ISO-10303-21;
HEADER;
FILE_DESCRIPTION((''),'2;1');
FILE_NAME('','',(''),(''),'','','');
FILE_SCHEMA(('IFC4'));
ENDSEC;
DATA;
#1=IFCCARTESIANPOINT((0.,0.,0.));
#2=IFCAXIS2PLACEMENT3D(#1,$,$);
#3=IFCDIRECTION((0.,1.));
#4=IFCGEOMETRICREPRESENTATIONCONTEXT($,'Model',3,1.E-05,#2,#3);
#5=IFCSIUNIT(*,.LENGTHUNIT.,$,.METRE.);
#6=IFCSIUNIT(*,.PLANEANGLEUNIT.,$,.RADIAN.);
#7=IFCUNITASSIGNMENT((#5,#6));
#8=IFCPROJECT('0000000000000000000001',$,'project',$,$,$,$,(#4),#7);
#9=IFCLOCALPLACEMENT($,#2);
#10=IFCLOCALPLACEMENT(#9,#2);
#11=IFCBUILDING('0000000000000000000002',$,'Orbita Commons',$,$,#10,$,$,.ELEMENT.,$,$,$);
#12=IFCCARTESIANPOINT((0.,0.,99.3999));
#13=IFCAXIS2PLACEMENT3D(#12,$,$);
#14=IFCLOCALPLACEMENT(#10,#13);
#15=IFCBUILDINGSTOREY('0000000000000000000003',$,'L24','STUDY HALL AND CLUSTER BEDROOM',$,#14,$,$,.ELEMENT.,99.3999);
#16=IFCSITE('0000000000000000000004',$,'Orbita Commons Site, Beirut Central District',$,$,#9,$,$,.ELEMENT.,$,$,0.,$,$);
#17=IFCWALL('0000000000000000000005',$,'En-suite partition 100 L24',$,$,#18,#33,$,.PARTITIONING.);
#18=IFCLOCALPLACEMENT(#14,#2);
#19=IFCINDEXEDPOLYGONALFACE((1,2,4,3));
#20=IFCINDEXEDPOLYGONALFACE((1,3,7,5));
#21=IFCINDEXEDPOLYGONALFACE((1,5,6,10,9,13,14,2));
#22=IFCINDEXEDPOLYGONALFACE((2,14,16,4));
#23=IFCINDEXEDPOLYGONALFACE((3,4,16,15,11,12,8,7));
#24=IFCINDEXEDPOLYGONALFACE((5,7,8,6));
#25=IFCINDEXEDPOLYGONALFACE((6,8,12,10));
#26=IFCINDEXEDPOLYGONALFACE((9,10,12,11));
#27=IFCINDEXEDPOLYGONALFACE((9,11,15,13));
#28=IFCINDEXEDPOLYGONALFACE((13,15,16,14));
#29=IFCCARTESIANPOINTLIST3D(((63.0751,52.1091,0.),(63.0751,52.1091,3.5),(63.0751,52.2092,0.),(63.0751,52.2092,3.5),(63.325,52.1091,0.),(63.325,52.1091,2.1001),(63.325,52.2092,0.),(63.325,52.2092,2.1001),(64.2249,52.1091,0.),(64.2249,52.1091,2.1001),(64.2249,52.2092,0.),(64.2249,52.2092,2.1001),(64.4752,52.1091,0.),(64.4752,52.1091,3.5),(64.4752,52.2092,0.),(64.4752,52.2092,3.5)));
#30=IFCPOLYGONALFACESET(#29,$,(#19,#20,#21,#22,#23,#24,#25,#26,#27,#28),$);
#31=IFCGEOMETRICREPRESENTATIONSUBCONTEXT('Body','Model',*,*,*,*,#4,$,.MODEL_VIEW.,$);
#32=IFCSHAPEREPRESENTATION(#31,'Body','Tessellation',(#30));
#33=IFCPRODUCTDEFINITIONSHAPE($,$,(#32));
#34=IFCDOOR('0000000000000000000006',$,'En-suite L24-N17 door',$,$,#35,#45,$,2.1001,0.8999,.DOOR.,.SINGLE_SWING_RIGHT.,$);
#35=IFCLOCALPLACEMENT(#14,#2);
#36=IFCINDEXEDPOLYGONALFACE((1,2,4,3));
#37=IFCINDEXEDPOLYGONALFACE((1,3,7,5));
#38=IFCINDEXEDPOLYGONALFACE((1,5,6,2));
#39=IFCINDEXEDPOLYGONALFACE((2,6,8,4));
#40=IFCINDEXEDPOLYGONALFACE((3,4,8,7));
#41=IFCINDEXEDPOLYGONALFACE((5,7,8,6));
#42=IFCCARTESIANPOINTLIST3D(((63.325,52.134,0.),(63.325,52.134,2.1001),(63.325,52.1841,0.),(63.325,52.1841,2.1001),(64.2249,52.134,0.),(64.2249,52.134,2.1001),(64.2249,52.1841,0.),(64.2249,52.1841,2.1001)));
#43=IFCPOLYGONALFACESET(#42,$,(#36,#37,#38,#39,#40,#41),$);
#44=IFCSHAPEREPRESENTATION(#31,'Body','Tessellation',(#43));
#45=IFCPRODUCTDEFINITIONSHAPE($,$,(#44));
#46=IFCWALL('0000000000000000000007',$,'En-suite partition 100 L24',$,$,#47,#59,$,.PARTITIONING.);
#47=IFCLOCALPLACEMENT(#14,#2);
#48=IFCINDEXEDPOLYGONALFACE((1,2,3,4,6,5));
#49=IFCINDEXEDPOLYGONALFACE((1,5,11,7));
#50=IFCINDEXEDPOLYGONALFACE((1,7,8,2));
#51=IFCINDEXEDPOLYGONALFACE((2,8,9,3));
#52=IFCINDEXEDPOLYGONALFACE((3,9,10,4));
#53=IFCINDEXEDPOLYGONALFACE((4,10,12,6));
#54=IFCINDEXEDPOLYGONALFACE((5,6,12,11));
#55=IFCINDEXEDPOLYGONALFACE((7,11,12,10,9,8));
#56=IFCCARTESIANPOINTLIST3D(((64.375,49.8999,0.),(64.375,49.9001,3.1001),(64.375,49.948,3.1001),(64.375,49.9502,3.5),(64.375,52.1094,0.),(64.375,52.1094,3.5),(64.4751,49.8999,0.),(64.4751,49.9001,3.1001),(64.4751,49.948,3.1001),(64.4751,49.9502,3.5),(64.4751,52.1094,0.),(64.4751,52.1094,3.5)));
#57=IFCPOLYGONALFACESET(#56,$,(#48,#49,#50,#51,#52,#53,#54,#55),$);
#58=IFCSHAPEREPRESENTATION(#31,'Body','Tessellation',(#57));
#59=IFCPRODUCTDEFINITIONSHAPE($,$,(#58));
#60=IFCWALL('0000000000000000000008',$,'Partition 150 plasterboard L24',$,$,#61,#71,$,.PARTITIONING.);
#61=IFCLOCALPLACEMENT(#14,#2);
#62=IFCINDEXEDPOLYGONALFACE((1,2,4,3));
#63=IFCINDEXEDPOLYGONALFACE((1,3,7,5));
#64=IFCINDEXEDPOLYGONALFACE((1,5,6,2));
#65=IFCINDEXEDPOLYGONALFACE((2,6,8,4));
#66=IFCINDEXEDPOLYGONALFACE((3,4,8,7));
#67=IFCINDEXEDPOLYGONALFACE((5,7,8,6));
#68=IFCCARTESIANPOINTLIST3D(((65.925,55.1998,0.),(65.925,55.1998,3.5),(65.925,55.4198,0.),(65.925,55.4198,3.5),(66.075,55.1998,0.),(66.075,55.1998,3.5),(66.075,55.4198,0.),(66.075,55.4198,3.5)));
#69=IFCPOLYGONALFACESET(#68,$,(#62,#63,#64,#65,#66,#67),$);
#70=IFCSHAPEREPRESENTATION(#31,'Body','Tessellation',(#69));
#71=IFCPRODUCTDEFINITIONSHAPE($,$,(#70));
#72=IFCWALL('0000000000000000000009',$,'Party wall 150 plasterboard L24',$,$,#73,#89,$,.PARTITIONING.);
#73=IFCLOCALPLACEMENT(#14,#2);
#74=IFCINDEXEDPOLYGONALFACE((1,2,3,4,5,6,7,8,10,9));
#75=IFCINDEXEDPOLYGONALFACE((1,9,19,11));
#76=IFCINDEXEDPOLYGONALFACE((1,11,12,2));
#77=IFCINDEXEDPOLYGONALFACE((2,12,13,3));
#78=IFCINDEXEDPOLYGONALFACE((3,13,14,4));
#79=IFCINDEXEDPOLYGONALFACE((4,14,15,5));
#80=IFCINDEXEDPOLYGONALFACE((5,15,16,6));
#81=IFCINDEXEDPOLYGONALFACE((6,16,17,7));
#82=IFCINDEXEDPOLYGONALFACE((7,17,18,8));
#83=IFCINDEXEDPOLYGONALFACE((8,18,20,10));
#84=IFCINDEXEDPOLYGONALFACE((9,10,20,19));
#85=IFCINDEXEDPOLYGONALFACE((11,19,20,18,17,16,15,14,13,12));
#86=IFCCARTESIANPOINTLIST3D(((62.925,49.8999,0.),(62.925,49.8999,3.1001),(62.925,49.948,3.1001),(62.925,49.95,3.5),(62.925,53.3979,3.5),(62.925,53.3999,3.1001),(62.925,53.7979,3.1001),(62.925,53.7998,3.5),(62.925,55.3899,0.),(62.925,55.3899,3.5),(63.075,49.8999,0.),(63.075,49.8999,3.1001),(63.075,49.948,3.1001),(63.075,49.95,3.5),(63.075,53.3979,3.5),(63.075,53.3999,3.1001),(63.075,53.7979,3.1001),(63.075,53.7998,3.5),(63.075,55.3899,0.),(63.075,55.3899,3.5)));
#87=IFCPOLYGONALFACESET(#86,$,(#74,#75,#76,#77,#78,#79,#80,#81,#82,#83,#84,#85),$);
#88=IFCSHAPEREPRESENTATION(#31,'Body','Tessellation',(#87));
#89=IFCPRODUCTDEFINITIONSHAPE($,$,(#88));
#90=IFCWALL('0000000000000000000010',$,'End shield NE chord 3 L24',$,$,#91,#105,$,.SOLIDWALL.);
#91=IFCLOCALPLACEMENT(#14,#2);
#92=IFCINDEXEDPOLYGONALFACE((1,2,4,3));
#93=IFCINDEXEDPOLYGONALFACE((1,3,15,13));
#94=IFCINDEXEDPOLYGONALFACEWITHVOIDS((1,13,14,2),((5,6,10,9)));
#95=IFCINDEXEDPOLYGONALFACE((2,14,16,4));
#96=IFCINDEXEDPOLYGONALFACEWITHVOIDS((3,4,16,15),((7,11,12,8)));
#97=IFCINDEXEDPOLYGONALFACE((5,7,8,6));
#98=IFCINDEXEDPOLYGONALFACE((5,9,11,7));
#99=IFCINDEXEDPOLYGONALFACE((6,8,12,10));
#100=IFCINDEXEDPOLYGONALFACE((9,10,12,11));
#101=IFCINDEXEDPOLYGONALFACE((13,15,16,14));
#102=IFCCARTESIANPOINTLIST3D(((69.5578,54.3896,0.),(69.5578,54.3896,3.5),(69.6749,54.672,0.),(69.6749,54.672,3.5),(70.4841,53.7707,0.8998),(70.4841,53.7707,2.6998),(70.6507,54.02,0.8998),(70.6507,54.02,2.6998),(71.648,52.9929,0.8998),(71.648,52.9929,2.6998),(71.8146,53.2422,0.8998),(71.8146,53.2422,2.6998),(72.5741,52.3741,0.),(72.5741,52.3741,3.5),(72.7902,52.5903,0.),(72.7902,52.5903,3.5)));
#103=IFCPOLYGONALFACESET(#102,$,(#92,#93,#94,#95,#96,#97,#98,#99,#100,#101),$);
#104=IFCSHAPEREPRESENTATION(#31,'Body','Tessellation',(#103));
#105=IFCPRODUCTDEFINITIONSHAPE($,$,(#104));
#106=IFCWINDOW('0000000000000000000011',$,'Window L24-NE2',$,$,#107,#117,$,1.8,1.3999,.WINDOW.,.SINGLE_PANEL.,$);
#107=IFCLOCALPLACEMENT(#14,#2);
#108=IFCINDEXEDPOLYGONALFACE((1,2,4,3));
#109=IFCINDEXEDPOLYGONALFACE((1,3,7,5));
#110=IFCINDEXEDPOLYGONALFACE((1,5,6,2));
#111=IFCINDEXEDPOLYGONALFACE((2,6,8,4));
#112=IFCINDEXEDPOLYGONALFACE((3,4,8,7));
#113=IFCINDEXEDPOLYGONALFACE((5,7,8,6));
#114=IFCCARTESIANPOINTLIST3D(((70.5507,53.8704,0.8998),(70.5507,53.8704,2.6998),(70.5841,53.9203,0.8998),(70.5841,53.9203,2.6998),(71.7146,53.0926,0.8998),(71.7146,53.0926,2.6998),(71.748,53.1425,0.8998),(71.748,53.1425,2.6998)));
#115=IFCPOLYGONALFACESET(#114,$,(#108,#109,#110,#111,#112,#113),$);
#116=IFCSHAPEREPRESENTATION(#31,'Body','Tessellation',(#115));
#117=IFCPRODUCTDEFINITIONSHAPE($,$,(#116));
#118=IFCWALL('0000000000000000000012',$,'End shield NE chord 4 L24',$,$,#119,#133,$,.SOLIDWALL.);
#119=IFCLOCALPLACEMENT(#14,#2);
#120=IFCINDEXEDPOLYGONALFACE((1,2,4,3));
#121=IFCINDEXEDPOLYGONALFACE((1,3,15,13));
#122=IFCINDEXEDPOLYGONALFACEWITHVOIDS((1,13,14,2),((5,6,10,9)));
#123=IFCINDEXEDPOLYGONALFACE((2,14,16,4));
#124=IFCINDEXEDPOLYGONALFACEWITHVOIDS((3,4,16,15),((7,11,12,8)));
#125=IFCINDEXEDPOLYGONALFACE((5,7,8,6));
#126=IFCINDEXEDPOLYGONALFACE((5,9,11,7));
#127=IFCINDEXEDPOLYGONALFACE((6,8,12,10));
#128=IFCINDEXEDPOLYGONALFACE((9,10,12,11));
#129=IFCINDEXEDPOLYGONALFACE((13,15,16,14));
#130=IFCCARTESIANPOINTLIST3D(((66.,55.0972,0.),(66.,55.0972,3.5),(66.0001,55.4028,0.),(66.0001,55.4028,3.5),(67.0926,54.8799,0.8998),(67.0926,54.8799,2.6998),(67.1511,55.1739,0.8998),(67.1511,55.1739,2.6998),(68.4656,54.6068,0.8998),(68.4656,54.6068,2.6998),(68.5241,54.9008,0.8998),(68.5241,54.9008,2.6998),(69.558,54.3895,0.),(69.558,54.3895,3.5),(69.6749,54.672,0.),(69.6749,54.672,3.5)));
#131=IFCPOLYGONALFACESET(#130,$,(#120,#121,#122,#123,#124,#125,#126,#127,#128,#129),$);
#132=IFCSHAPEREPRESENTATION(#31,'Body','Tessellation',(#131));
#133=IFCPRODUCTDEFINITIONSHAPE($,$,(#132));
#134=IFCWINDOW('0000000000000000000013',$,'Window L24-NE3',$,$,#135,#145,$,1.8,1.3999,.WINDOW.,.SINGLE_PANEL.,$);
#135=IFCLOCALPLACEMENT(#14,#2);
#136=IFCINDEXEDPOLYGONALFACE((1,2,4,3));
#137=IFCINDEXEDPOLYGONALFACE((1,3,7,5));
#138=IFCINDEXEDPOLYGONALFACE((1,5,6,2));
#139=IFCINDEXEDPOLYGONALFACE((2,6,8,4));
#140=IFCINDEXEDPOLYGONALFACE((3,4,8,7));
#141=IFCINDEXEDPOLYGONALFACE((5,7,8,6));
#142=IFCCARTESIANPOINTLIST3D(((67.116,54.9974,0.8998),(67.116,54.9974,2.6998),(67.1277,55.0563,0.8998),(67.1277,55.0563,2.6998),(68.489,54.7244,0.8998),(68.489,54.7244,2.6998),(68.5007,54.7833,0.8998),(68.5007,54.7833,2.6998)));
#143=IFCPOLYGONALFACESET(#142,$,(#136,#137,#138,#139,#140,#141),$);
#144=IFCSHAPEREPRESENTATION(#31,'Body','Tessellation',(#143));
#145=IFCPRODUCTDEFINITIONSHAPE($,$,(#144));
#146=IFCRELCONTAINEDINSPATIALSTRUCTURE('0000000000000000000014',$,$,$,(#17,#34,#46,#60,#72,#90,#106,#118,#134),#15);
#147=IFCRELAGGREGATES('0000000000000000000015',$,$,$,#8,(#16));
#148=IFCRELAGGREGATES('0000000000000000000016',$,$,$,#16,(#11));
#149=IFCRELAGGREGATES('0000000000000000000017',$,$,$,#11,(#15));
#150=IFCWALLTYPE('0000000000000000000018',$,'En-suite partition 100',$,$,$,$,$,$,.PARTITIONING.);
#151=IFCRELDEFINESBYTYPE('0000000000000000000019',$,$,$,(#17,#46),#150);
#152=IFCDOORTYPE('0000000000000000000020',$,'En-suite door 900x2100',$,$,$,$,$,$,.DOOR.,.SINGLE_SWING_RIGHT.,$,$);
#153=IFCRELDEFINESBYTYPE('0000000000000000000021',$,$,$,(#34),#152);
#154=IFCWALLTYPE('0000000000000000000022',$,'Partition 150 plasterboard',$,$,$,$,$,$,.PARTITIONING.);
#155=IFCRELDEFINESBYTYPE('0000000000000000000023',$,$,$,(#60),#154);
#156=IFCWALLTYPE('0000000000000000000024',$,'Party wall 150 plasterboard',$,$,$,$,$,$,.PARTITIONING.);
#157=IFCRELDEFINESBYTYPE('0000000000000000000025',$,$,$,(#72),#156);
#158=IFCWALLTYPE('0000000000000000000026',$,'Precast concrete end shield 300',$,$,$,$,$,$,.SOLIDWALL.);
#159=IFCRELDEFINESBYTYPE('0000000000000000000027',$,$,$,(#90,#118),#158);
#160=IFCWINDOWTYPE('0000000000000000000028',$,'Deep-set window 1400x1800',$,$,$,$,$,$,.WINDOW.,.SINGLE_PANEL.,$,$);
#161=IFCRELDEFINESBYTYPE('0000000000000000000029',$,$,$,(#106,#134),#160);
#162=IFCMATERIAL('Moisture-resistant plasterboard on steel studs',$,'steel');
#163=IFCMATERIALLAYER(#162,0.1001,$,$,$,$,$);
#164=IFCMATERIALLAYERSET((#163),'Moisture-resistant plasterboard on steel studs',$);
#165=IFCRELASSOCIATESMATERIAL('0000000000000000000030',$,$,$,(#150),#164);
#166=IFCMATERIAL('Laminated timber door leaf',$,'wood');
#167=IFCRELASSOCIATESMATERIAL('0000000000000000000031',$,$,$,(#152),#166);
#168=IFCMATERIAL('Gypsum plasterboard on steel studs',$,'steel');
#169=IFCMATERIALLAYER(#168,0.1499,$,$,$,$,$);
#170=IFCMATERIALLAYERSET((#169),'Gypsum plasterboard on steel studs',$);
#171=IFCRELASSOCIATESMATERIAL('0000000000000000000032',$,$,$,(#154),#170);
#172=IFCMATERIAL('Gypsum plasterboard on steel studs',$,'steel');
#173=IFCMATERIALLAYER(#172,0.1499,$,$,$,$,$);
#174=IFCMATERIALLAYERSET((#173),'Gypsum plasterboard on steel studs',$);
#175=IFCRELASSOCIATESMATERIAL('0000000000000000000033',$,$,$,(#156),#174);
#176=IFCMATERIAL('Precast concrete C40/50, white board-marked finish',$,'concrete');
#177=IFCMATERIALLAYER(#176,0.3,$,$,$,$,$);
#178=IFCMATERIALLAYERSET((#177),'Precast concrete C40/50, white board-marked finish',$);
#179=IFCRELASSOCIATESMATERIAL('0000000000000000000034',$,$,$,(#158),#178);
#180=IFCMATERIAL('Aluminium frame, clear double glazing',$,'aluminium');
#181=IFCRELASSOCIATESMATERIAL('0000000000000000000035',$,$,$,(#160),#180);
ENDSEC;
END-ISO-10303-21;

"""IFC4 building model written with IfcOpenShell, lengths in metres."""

from ifc_helpers import new_model, si_unit, direction, frame, frame_2d, origin, place, context, subcontext, project, spatial, polyline, rectangle, outline, extrude, material, layer, layer_set, type_object, element, fill, save


model = new_model("IFC4")

# Units and contexts
model_context = context("Model", 3, precision=1e-05, world=origin(), true_north=direction((0.0, 1.0)))
body_context = subcontext(model_context, "Body", "Model", "MODEL_VIEW")
ifc_project = project(units=[si_unit("LENGTHUNIT", "METRE"), si_unit("PLANEANGLEUNIT", "RADIAN")], contexts=[model_context])

# Site, building, storey
site_placement = place(None, origin())
site = spatial("IfcSite", under=ifc_project, at=site_placement, Name="Orbita Commons Site, Beirut Central District", CompositionType="ELEMENT", RefElevation=0.0)
building_placement = place(site_placement, origin())
building = spatial("IfcBuilding", under=site, at=building_placement, Name="Orbita Commons", CompositionType="ELEMENT")
storey_placement = place(building_placement, frame((0.0, 0.0, 99.3999)))
storey = spatial("IfcBuildingStorey", under=building, at=storey_placement, Name="L24", Description="STUDY HALL AND CLUSTER BEDROOM", CompositionType="ELEMENT", Elevation=99.3999)

# Wall, opening, door
ifc_material_1 = material(Name="Moisture-resistant plasterboard on steel studs", Category="steel")
ifc_layer_1 = layer(ifc_material_1, 0.1001)
ifc_layer_set_1 = layer_set([ifc_layer_1], Name="Moisture-resistant plasterboard on steel studs")
wall_type_1 = type_object("IfcWallType", Name="En-suite partition 100", PredefinedType="PARTITIONING", material=ifc_layer_set_1)
ifc_material_2 = material(Name="Laminated timber door leaf", Category="wood")
door_type = type_object("IfcDoorType", Name="En-suite door 900x2100", OperationType="SINGLE_SWING_RIGHT", PredefinedType="DOOR", material=ifc_material_2)
wall_1_placement = place(storey_placement, frame((63.075, 52.1592, 0.0), z_axis=(0.0, 0.0, 1.0), x_axis=(1.0, 0.0, 0.0)))
wall_1 = element("IfcWall", 1, at=wall_1_placement, inside=storey, type_object=wall_type_1, Name="En-suite partition 100 L24", PredefinedType="PARTITIONING", context=body_context, shape_type="SweptSolid", body=[
    extrude(rectangle(XDim=1.4001, YDim=0.1001, at=frame_2d((0.7002, 0.0))), origin(), (0.0, 0.0, 1.0), 3.5),
])
opening_1_placement = place(wall_1_placement, frame((0.25, 0.0, 0.0)))
opening_1 = element("IfcOpeningElement", 2, at=opening_1_placement, cuts=wall_1, PredefinedType="OPENING", context=body_context, shape_type="SweptSolid", body=[
    extrude(rectangle(XDim=0.8999, YDim=2.1001, at=frame_2d((0.45, 1.05))), frame((0.0, 0.0601, 0.0), z_axis=(0.0, -1.0, 0.0), x_axis=(1.0, 0.0, 0.0)), (0.0, 0.0, 1.0), 0.1201),
])
door_1_placement = place(opening_1_placement, origin())
door_1 = element("IfcDoor", 3, at=door_1_placement, inside=storey, type_object=door_type, Name="En-suite L24-N17 door", OperationType="SINGLE_SWING_RIGHT", OverallHeight=2.1001, OverallWidth=0.8999, PredefinedType="DOOR", context=body_context, shape_type="SweptSolid", body=[
    extrude(rectangle(XDim=0.8999, YDim=2.1001, at=frame_2d((0.45, 1.05))), frame((0.0, 0.0249, 0.0), z_axis=(0.0, -1.0, 0.0), x_axis=(1.0, 0.0, 0.0)), (0.0, 0.0, 1.0), 0.05),
])
fill(opening_1, door_1)

# Walls
wall_2_placement = place(storey_placement, frame((64.425, 52.1094, 0.0), z_axis=(0.0, 0.0, 1.0), x_axis=(0.0, -1.0, 0.0)))
element("IfcWall", 4, at=wall_2_placement, inside=storey, type_object=wall_type_1, Name="En-suite partition 100 L24", PredefinedType="PARTITIONING", context=body_context, shape_type="SweptSolid", body=[
    extrude(outline(polyline([(0.0, 0.0), (2.2095, 0.0), (2.2092, 3.1001), (2.1614, 3.1001), (2.1592, 3.5), (0.0, 3.5), (0.0, 0.0)])), frame((0.0, 0.05, 0.0), z_axis=(0.0, -1.0, 0.0), x_axis=(1.0, 0.0, 0.0)), (0.0, 0.0, 1.0), 0.1001),
])
ifc_material_3 = material(Name="Gypsum plasterboard on steel studs", Category="steel")
ifc_layer_2 = layer(ifc_material_3, 0.1499)
ifc_layer_set_2 = layer_set([ifc_layer_2], Name="Gypsum plasterboard on steel studs")
wall_type_2 = type_object("IfcWallType", Name="Partition 150 plasterboard", PredefinedType="PARTITIONING", material=ifc_layer_set_2)
wall_3_placement = place(storey_placement, frame((66.0, 55.2, 0.0), z_axis=(0.0, 0.0, 1.0), x_axis=(0.0, 1.0, 0.0)))
element("IfcWall", 5, at=wall_3_placement, inside=storey, type_object=wall_type_2, Name="Partition 150 plasterboard L24", PredefinedType="PARTITIONING", context=body_context, shape_type="SweptSolid", body=[
    extrude(rectangle(XDim=0.22, YDim=0.1499, at=frame_2d((0.1099, 0.0))), origin(), (0.0, 0.0, 1.0), 3.5),
])
ifc_material_4 = material(Name="Gypsum plasterboard on steel studs", Category="steel")
ifc_layer_3 = layer(ifc_material_4, 0.1499)
ifc_layer_set_3 = layer_set([ifc_layer_3], Name="Gypsum plasterboard on steel studs")
wall_type_3 = type_object("IfcWallType", Name="Party wall 150 plasterboard", PredefinedType="PARTITIONING", material=ifc_layer_set_3)
wall_4_placement = place(storey_placement, frame((63.0, 55.3899, 0.0), z_axis=(0.0, 0.0, 1.0), x_axis=(0.0, -1.0, 0.0)))
element("IfcWall", 6, at=wall_4_placement, inside=storey, type_object=wall_type_3, Name="Party wall 150 plasterboard L24", PredefinedType="PARTITIONING", context=body_context, shape_type="SweptSolid", body=[
    extrude(outline(polyline([(0.0, 0.0), (5.49, 0.0), (5.49, 3.1001), (5.4419, 3.1001), (5.4399, 3.5), (1.9919, 3.5), (1.99, 3.1001), (1.592, 3.1001), (1.5901, 3.5), (0.0, 3.5), (0.0, 0.0)])), frame((0.0, 0.075, 0.0), z_axis=(0.0, -1.0, 0.0), x_axis=(1.0, 0.0, 0.0)), (0.0, 0.0, 1.0), 0.1499),
])

# Walls, openings, windows
ifc_material_5 = material(Name="Precast concrete C40/50, white board-marked finish", Category="concrete")
ifc_layer_4 = layer(ifc_material_5, 0.3)
ifc_layer_set_4 = layer_set([ifc_layer_4], Name="Precast concrete C40/50, white board-marked finish")
wall_type_4 = type_object("IfcWallType", Name="Precast concrete end shield 300", PredefinedType="SOLIDWALL", material=ifc_layer_set_4)
wall_5_placement = place(storey_placement, frame((72.6821, 52.4822, 0.0), z_axis=(0.0, 0.0, 1.0), x_axis=(-0.831449, 0.555601, 0.0)))
wall_5 = element("IfcWall", 7, at=wall_5_placement, inside=storey, type_object=wall_type_4, Name="End shield NE chord 3 L24", PredefinedType="SOLIDWALL", context=body_context, shape_type="SweptSolid", body=[
    extrude(outline(polyline([(-0.0298, -0.1499), (3.717, -0.1499), (3.6575, 0.1499), (0.0298, 0.1499), (-0.0298, -0.1499)])), origin(), (0.0, 0.0, 1.0), 3.5),
])
opening_2_placement = place(wall_5_placement, frame((1.1436, 0.0, 0.8999)))
opening_2 = element("IfcOpeningElement", 8, at=opening_2_placement, cuts=wall_5, PredefinedType="OPENING", context=body_context, shape_type="SweptSolid", body=[
    extrude(rectangle(XDim=1.3999, YDim=1.8, at=frame_2d((0.7, 0.8999))), frame((0.0, 0.1599, 0.0), z_axis=(0.0, -1.0, 0.0), x_axis=(1.0, 0.0, 0.0)), (0.0, 0.0, 1.0), 0.3201),
])
ifc_material_6 = material(Name="Aluminium frame, clear double glazing", Category="aluminium")
window_type = type_object("IfcWindowType", Name="Deep-set window 1400x1800", PartitioningType="SINGLE_PANEL", PredefinedType="WINDOW", material=ifc_material_6)
window_1_placement = place(opening_2_placement, origin())
window_1 = element("IfcWindow", 9, at=window_1_placement, inside=storey, type_object=window_type, Name="Window L24-NE2", OverallHeight=1.8, OverallWidth=1.3999, PartitioningType="SINGLE_PANEL", PredefinedType="WINDOW", context=body_context, shape_type="SweptSolid", body=[
    extrude(rectangle(XDim=1.3999, YDim=1.8, at=frame_2d((0.7, 0.8999))), frame((0.0, 0.03, 0.0), z_axis=(0.0, -1.0, 0.0), x_axis=(1.0, 0.0, 0.0)), (0.0, 0.0, 1.0), 0.0601),
])
fill(opening_2, window_1)
wall_6_placement = place(storey_placement, frame((69.6165, 54.5308, 0.0), z_axis=(0.0, 0.0, 1.0), x_axis=(-0.980791, 0.195059, 0.0)))
wall_6 = element("IfcWall", 10, at=wall_6_placement, inside=storey, type_object=wall_type_4, Name="End shield NE chord 4 L24", PredefinedType="SOLIDWALL", context=body_context, shape_type="SweptSolid", body=[
    extrude(outline(polyline([(-0.0298, -0.1499), (3.717, -0.1499), (3.6575, 0.1499), (0.0298, 0.1499), (-0.0298, -0.1499)])), origin(), (0.0, 0.0, 1.0), 3.5),
])
opening_3_placement = place(wall_6_placement, frame((1.1436, 0.0, 0.8999)))
opening_3 = element("IfcOpeningElement", 11, at=opening_3_placement, cuts=wall_6, PredefinedType="OPENING", context=body_context, shape_type="SweptSolid", body=[
    extrude(rectangle(XDim=1.3999, YDim=1.8, at=frame_2d((0.7, 0.8999))), frame((0.0, 0.1599, 0.0), z_axis=(0.0, -1.0, 0.0), x_axis=(1.0, 0.0, 0.0)), (0.0, 0.0, 1.0), 0.3201),
])
window_2_placement = place(opening_3_placement, origin())
window_2 = element("IfcWindow", 12, at=window_2_placement, inside=storey, type_object=window_type, Name="Window L24-NE3", OverallHeight=1.8, OverallWidth=1.3999, PartitioningType="SINGLE_PANEL", PredefinedType="WINDOW", context=body_context, shape_type="SweptSolid", body=[
    extrude(rectangle(XDim=1.3999, YDim=1.8, at=frame_2d((0.7, 0.8999))), frame((0.0, 0.03, 0.0), z_axis=(0.0, -1.0, 0.0), x_axis=(1.0, 0.0, 0.0)), (0.0, 0.0, 1.0), 0.0601),
])
fill(opening_3, window_2)

save(model, "model.ifc")
